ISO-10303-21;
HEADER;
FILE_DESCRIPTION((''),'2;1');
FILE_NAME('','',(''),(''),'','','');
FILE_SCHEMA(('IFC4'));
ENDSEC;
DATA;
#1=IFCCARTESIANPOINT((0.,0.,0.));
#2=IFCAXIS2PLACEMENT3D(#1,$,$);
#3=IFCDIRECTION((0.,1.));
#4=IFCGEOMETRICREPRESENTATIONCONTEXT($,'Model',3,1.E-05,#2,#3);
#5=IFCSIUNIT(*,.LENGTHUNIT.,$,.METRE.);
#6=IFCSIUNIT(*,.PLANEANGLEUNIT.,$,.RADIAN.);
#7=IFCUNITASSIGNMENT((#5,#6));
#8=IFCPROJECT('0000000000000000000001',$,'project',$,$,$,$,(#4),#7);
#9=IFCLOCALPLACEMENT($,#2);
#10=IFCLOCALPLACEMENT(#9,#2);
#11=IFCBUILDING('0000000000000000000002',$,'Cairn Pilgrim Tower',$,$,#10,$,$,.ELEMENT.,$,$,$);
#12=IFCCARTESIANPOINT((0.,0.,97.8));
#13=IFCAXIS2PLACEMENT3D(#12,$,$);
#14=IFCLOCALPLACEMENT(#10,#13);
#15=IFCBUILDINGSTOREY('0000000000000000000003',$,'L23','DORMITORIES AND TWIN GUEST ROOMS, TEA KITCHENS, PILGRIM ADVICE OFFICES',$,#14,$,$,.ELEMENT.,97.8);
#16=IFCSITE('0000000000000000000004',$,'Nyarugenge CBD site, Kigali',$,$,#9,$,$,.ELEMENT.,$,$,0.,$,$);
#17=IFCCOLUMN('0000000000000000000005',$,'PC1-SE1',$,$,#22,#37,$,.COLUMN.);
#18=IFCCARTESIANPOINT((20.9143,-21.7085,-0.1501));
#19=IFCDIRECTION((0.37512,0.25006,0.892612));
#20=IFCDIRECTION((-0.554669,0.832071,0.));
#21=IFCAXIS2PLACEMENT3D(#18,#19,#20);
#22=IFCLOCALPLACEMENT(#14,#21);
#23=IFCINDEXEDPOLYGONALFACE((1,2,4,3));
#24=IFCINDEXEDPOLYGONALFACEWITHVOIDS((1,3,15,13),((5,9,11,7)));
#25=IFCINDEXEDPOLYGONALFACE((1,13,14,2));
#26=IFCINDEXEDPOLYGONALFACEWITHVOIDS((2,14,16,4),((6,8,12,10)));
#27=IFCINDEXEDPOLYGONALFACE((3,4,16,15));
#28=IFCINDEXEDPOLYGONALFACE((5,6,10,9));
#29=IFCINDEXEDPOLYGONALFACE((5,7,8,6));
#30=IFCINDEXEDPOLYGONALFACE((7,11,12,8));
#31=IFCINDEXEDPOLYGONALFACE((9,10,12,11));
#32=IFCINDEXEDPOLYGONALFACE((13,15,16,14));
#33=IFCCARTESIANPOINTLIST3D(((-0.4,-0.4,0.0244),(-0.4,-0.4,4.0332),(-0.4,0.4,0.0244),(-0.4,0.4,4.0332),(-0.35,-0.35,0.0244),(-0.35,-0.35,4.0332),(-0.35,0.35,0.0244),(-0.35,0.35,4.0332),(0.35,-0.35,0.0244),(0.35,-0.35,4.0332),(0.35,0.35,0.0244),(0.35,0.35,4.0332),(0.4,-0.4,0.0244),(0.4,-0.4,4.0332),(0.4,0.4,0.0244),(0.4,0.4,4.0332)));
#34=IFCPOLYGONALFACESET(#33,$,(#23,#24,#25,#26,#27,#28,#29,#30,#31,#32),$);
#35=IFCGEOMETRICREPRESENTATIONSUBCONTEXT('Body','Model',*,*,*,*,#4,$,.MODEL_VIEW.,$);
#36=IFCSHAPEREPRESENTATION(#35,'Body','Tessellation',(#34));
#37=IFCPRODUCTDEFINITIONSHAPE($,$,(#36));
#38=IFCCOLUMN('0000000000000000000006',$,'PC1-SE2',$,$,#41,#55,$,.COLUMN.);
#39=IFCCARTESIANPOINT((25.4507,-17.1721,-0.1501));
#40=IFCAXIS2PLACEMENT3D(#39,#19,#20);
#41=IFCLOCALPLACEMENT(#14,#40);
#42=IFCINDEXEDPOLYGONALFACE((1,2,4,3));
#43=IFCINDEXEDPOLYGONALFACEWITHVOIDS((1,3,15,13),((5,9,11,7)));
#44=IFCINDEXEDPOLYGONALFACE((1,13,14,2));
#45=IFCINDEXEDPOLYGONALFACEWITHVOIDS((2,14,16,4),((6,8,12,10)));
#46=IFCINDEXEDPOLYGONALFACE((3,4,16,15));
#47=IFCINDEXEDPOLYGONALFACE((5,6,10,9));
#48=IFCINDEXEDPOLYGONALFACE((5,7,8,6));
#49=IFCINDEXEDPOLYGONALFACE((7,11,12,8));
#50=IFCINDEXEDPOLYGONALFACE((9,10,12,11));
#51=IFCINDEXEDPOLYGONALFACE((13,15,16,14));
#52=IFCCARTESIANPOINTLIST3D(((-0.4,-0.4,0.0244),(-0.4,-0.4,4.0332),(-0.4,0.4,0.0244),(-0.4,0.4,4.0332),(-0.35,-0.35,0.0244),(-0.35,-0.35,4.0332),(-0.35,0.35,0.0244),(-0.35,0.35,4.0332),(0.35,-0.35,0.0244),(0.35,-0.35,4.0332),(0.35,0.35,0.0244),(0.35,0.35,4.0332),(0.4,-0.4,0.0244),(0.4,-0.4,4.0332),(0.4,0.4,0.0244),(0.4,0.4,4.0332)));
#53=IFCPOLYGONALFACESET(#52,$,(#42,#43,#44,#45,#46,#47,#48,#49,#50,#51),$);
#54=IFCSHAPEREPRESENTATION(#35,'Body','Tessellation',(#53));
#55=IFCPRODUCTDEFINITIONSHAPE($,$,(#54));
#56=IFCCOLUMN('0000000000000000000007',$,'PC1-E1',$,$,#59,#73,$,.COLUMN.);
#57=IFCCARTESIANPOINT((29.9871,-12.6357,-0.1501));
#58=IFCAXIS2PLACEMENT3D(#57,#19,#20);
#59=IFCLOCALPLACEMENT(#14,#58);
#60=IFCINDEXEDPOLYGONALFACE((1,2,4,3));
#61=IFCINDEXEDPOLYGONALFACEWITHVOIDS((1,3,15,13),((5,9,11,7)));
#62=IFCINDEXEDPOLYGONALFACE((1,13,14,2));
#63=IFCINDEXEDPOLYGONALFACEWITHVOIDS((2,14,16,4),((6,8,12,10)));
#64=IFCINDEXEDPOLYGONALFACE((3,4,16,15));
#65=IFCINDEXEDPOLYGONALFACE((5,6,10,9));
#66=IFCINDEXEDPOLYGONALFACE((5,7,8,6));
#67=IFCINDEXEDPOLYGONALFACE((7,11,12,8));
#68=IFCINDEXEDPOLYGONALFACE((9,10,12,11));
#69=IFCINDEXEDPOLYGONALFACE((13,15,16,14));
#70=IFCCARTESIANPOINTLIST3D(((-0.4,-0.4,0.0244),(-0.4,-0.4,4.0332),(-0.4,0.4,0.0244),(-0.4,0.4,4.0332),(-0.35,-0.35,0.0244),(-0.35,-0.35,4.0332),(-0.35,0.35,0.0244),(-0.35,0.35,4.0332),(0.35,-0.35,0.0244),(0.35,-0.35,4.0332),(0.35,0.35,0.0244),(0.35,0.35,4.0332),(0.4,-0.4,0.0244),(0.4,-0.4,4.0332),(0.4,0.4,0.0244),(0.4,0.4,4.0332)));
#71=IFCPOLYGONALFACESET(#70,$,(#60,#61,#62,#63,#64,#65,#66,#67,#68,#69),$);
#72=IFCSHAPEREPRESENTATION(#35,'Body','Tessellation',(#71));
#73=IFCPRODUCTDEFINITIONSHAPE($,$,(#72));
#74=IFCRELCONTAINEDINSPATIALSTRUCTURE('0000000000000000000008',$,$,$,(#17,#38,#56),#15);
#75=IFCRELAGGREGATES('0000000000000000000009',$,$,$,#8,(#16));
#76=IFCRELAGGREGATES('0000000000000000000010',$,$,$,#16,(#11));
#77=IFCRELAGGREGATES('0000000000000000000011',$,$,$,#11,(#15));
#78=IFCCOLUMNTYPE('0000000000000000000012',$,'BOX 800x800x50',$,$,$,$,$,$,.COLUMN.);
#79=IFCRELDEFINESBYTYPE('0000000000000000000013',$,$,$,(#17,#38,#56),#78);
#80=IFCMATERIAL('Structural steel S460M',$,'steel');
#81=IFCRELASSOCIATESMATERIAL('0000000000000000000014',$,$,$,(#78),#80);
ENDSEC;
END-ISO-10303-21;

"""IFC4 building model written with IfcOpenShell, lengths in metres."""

from ifc_helpers import new_model, si_unit, direction, frame, origin, origin_2d, place, context, subcontext, project, spatial, hollow_rectangle, extrude, clip, halfspace, material, material_profile, profile_set, type_object, element, save


model = new_model("IFC4")

# Units and contexts
model_context = context("Model", 3, precision=1e-05, world=origin(), true_north=direction((0.0, 1.0)))
body_context = subcontext(model_context, "Body", "Model", "MODEL_VIEW")
ifc_project = project(units=[si_unit("LENGTHUNIT", "METRE"), si_unit("PLANEANGLEUNIT", "RADIAN")], contexts=[model_context])

# Site, building, storey
site_placement = place(None, origin())
site = spatial("IfcSite", under=ifc_project, at=site_placement, Name="Nyarugenge CBD site, Kigali", CompositionType="ELEMENT", RefElevation=0.0)
building_placement = place(site_placement, origin())
building = spatial("IfcBuilding", under=site, at=building_placement, Name="Cairn Pilgrim Tower", CompositionType="ELEMENT")
storey_placement = place(building_placement, frame((0.0, 0.0, 97.8)))
storey = spatial("IfcBuildingStorey", under=building, at=storey_placement, Name="L23", Description="DORMITORIES AND TWIN GUEST ROOMS, TEA KITCHENS, PILGRIM ADVICE OFFICES", CompositionType="ELEMENT", Elevation=97.8)

# Columns
ifc_material_1 = material(Name="Structural steel S460M", Category="steel")
ifc_material_profile_1 = material_profile(ifc_material_1, hollow_rectangle(XDim=0.8, YDim=0.8, WallThickness=0.05, at=origin_2d()), Name="BOX 800x800x50")
ifc_profile_set_1 = profile_set([ifc_material_profile_1], Name="Structural steel S460M")
column_type = type_object("IfcColumnType", Name="BOX 800x800x50", PredefinedType="COLUMN", material=ifc_profile_set_1)
for number, where, z_axis, x_axis, name in (
    (1, (20.9143, -21.7085, -0.1501), (0.37512, 0.25006, 0.892612), (-0.554669, 0.832071, 0.0), "PC1-SE1"),
    (2, (25.4507, -17.1721, -0.1501), (0.37512, 0.25006, 0.892612), (-0.554669, 0.832071, 0.0), "PC1-SE2"),
    (3, (29.9871, -12.6357, -0.1501), (0.37512, 0.25006, 0.892612), (-0.554669, 0.832071, 0.0), "PC1-E1"),
):
    element("IfcColumn", number, at=place(storey_placement, frame(where, z_axis=z_axis, x_axis=x_axis)), inside=storey, type_object=column_type, Name=name, PredefinedType="COLUMN", context=body_context, shape_type="Clipping", body=[
        clip(extrude(hollow_rectangle(XDim=0.8, YDim=0.8, WallThickness=0.05, at=origin_2d()), origin(), (0.0, 0.0, 1.0), 4.0332), halfspace(frame((0.0, 0.0, 0.0244), z_axis=(0.0, 0.0, 1.0), x_axis=(1.0, 0.0, 0.0)), True)),
    ])

save(model, "model.ifc")
